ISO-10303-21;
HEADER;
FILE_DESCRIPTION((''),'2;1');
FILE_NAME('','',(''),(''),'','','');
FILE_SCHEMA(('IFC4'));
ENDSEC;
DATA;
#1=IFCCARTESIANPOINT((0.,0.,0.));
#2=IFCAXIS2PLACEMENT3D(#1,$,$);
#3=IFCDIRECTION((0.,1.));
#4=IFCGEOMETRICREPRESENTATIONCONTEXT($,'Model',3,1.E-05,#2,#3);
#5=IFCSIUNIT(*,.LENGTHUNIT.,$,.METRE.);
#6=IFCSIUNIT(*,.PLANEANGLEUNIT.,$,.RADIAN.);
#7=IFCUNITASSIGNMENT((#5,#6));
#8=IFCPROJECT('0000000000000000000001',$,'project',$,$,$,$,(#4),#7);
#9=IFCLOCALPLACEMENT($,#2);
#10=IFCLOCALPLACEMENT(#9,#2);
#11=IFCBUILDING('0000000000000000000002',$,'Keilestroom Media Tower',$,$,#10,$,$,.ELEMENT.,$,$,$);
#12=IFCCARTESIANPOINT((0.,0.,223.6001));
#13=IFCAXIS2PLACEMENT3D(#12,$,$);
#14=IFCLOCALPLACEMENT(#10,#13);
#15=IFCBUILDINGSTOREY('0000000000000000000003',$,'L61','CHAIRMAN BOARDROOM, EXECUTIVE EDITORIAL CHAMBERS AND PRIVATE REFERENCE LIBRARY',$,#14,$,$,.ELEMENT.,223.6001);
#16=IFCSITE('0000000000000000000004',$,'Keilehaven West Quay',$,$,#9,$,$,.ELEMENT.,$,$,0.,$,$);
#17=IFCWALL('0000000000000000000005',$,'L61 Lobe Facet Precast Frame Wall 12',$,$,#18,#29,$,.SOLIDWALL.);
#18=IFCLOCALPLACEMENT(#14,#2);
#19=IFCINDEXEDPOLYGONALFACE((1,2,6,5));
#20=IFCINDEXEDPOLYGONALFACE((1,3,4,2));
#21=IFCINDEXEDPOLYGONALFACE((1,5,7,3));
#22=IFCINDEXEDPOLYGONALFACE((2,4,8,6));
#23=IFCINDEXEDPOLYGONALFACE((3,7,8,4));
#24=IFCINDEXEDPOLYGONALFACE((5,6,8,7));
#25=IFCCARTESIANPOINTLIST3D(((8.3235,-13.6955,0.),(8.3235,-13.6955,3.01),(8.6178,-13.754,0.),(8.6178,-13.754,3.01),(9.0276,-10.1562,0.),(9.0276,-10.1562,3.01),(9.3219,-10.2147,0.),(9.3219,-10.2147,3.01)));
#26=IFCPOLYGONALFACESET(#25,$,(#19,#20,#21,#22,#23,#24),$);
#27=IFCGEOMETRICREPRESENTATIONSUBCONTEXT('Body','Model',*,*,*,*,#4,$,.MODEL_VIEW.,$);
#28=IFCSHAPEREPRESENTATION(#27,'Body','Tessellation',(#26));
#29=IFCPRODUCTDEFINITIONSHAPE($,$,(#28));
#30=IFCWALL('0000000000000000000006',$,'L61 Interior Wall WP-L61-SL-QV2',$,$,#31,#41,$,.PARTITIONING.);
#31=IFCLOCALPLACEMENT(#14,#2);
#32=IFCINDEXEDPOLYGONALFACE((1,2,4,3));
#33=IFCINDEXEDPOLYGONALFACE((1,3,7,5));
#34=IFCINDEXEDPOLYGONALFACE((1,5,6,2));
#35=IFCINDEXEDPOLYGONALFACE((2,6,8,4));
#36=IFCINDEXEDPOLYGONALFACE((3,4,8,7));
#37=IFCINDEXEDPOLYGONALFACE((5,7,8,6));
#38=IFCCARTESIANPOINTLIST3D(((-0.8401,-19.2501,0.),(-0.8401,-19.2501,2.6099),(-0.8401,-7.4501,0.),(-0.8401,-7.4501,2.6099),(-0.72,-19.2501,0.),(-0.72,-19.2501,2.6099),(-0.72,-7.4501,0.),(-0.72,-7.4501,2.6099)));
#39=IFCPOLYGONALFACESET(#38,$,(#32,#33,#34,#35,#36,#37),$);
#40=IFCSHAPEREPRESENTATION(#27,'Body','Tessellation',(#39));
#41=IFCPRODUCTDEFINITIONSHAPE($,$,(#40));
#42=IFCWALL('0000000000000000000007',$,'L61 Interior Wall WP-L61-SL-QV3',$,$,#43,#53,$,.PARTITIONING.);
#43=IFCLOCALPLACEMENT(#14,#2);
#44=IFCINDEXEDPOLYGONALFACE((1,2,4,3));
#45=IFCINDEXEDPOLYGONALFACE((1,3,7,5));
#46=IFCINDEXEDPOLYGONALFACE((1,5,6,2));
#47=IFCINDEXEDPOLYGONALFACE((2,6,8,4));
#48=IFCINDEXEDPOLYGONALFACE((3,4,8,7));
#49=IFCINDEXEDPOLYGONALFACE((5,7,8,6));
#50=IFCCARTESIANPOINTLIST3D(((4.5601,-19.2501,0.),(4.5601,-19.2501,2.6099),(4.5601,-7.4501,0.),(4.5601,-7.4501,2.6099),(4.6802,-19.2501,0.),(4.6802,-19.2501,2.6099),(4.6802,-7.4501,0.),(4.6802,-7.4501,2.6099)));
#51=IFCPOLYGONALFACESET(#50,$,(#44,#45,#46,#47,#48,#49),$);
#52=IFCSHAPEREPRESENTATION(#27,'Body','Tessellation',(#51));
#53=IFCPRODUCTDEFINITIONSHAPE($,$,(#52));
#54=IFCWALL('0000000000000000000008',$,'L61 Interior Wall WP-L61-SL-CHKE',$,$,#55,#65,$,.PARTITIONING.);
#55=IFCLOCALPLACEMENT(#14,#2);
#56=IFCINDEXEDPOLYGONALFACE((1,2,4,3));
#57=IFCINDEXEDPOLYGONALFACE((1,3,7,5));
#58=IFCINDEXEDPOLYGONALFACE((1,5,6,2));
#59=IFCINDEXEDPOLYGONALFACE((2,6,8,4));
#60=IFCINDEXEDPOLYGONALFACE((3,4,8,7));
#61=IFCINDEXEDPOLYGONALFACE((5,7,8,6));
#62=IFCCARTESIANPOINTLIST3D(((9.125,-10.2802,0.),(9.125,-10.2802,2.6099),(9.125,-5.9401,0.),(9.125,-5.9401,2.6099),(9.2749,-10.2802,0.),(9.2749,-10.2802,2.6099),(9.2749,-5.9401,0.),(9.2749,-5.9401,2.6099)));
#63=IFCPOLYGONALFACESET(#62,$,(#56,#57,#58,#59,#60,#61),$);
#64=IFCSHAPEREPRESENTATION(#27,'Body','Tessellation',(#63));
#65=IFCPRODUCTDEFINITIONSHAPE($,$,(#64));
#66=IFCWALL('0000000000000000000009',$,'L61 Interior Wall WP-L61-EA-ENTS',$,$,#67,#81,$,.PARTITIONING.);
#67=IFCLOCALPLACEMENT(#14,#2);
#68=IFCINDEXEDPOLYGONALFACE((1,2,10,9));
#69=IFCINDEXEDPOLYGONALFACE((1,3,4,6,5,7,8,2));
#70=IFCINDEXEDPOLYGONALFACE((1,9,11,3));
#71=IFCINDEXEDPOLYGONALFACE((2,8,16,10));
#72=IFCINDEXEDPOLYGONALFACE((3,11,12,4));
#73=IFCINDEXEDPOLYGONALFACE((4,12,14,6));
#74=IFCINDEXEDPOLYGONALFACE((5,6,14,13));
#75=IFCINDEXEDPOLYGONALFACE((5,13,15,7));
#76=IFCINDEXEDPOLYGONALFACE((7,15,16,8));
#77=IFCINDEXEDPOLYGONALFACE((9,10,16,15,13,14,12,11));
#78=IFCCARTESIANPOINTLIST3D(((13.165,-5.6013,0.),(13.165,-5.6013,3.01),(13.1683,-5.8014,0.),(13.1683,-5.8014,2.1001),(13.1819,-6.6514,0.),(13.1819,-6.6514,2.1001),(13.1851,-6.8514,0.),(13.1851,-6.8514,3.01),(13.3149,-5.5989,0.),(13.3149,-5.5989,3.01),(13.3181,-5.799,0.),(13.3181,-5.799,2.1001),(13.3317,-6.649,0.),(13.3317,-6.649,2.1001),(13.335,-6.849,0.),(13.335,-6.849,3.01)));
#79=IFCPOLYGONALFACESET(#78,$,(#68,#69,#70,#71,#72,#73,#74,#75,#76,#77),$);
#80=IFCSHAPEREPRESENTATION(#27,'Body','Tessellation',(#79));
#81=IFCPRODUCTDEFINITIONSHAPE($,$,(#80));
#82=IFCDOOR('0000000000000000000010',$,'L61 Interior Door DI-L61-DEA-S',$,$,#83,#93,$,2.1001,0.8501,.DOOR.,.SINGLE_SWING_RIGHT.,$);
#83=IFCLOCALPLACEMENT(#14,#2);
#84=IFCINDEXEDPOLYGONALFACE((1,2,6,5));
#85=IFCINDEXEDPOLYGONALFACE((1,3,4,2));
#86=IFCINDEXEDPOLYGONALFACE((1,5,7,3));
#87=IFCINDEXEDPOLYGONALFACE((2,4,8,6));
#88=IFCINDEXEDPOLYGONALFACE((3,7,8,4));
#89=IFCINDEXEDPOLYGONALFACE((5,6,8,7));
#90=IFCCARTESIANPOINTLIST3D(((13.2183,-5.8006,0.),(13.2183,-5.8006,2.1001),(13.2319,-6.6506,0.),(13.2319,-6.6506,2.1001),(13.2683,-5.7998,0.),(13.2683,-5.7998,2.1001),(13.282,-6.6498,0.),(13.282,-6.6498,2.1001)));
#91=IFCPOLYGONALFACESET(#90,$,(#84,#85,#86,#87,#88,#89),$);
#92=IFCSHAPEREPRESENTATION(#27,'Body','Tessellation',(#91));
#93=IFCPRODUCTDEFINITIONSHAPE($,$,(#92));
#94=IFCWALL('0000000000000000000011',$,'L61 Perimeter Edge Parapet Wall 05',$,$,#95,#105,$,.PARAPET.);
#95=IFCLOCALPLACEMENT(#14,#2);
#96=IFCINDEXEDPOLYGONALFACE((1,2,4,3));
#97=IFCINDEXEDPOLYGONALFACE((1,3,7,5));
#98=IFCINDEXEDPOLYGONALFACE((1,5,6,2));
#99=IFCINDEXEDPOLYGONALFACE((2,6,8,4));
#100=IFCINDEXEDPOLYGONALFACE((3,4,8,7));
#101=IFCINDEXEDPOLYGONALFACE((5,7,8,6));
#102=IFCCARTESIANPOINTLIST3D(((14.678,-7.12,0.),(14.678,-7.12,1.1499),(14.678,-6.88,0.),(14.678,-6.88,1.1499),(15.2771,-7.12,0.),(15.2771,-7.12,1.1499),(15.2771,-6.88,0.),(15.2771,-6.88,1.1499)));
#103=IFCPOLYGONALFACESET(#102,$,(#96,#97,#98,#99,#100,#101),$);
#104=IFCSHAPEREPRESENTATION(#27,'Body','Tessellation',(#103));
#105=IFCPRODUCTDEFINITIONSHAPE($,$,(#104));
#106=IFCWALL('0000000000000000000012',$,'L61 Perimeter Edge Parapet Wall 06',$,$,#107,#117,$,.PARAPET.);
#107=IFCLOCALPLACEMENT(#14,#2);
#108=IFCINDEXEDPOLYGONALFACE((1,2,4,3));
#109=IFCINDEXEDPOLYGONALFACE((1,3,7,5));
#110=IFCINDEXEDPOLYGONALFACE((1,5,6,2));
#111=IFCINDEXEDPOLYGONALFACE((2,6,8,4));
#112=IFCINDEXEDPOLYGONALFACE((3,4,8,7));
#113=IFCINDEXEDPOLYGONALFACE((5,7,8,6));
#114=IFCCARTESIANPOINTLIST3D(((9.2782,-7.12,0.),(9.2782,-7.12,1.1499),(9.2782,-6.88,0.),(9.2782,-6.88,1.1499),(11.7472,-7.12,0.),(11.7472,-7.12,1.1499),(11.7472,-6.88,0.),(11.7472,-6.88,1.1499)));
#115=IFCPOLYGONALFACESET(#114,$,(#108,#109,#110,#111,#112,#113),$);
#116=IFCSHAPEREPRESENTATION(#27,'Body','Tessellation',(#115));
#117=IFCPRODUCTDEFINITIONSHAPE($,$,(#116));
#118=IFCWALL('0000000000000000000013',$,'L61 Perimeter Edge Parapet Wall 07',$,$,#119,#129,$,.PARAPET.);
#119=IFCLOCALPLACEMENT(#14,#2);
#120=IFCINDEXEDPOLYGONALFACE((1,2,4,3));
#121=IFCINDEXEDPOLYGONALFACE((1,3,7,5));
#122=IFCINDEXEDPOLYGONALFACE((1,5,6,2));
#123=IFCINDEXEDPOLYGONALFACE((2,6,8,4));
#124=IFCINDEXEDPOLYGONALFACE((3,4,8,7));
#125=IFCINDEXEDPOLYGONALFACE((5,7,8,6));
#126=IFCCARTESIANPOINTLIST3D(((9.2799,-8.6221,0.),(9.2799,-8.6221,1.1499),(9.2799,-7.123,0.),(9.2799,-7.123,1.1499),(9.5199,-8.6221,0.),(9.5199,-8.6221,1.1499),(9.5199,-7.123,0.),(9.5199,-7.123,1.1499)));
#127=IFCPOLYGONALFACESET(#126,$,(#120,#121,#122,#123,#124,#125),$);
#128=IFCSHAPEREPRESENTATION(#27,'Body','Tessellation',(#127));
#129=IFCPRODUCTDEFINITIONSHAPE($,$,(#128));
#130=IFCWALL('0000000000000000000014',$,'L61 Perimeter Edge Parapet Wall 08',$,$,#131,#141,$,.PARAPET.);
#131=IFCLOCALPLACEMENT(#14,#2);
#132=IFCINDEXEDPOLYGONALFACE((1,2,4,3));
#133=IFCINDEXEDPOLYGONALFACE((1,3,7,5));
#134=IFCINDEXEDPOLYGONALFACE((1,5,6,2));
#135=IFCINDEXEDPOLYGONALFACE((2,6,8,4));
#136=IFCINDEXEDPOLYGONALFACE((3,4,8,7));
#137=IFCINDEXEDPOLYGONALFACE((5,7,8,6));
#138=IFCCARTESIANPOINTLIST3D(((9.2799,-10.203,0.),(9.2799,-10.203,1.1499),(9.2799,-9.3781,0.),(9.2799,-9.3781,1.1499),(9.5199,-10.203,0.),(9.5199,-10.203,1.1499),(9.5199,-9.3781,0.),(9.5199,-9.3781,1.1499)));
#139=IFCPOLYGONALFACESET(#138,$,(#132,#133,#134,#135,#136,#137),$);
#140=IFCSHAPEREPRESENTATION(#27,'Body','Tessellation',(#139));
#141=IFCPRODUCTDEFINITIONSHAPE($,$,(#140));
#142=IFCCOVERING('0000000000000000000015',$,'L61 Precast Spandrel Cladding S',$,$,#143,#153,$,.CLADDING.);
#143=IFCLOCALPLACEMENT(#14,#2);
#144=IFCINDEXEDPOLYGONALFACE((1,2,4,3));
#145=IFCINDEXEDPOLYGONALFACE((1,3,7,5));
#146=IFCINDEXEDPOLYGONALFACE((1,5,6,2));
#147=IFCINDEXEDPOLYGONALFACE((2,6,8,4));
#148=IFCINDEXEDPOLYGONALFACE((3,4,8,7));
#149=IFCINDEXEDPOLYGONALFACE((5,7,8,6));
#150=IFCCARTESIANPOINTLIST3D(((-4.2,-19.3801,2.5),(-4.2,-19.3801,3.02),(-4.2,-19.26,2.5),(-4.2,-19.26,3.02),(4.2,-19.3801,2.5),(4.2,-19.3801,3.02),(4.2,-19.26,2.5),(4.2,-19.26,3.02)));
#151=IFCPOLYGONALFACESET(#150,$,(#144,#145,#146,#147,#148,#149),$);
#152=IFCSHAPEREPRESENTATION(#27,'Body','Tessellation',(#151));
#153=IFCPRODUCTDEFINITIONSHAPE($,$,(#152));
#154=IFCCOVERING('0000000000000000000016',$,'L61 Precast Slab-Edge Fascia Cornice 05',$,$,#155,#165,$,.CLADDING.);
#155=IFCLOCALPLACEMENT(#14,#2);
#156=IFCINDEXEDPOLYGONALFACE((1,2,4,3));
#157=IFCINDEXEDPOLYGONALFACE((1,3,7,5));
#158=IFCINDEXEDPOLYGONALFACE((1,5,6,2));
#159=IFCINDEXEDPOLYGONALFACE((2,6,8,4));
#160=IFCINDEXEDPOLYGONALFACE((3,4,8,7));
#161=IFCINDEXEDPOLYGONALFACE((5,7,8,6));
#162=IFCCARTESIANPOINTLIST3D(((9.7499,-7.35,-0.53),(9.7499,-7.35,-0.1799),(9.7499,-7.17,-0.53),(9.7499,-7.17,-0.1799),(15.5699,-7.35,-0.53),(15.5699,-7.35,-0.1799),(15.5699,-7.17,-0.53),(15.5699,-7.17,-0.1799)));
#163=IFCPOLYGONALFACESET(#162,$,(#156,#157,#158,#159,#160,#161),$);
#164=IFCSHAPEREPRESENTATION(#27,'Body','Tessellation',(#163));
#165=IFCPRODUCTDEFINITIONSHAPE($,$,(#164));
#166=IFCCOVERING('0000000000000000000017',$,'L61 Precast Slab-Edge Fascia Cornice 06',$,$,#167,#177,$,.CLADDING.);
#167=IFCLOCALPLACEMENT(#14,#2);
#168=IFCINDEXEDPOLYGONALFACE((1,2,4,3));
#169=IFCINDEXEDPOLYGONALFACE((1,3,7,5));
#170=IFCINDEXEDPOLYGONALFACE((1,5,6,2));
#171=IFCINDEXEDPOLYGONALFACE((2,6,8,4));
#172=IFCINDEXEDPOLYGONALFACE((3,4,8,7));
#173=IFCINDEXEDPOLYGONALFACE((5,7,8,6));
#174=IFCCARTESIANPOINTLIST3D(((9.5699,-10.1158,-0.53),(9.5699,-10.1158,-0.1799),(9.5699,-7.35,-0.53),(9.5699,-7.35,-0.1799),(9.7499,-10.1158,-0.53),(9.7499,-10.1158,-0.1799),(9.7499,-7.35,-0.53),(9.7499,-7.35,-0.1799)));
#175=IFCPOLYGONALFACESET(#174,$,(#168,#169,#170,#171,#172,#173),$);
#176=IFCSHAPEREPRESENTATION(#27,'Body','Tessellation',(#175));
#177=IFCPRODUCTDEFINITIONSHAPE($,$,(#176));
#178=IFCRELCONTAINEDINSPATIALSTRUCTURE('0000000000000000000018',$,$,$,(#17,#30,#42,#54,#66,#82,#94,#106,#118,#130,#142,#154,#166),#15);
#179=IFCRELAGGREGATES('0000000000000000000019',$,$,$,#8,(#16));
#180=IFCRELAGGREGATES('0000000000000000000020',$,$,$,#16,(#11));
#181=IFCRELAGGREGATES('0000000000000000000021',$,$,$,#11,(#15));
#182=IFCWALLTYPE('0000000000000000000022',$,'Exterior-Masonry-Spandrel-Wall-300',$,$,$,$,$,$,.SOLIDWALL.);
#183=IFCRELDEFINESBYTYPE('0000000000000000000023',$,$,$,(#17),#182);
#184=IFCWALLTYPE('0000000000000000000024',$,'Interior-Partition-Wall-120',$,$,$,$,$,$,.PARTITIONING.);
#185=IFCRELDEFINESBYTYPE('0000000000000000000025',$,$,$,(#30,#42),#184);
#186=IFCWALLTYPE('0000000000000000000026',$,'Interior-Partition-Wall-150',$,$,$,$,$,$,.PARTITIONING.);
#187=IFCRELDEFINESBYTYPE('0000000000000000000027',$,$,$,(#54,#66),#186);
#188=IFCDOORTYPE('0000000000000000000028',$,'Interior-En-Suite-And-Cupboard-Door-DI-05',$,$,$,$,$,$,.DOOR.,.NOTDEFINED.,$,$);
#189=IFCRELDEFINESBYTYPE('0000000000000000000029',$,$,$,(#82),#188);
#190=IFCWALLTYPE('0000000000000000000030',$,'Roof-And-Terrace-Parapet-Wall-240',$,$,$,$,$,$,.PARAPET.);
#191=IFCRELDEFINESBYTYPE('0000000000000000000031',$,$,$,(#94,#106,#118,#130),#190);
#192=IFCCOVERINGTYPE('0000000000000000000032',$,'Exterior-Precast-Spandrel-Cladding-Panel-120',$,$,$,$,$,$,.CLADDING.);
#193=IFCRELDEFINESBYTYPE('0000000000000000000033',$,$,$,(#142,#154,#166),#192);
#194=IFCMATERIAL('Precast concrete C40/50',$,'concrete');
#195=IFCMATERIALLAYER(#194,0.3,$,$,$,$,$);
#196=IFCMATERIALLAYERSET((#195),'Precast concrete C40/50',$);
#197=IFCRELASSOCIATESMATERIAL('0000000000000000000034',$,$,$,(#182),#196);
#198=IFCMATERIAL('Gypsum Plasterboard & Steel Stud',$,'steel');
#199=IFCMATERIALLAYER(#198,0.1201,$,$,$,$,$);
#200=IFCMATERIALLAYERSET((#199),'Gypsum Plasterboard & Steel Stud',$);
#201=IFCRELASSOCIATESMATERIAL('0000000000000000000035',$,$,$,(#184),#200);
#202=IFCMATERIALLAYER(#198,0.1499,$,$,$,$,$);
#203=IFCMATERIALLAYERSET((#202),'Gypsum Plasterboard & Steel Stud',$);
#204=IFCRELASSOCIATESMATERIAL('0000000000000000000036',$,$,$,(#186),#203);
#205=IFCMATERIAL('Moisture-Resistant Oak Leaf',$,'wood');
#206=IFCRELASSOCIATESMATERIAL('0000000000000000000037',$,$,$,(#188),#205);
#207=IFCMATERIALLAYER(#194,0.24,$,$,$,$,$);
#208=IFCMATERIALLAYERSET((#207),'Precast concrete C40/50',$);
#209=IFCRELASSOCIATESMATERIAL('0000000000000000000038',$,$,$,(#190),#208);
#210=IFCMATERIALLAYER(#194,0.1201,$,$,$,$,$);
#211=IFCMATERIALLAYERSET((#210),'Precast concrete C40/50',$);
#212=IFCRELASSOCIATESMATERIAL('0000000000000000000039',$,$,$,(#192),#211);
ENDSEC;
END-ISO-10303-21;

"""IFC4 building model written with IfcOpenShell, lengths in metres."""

from ifc_helpers import new_model, si_unit, direction, frame, frame_2d, origin, origin_2d, place, context, subcontext, project, spatial, rectangle, extrude, source, transform, mapped, material, layer, layer_set, type_object, element, fill, save


model = new_model("IFC4")

# Units and contexts
model_context = context("Model", 3, precision=1e-05, world=origin(), true_north=direction((0.0, 1.0)))
body_context = subcontext(model_context, "Body", "Model", "MODEL_VIEW")
ifc_project = project(units=[si_unit("LENGTHUNIT", "METRE"), si_unit("PLANEANGLEUNIT", "RADIAN")], contexts=[model_context])

# Site, building, storey
site_placement = place(None, origin())
site = spatial("IfcSite", under=ifc_project, at=site_placement, Name="Keilehaven West Quay", CompositionType="ELEMENT", RefElevation=0.0)
building_placement = place(site_placement, origin())
building = spatial("IfcBuilding", under=site, at=building_placement, Name="Keilestroom Media Tower", CompositionType="ELEMENT")
storey_placement = place(building_placement, frame((0.0, 0.0, 223.6001)))
storey = spatial("IfcBuildingStorey", under=building, at=storey_placement, Name="L61", Description="CHAIRMAN BOARDROOM, EXECUTIVE EDITORIAL CHAMBERS AND PRIVATE REFERENCE LIBRARY", CompositionType="ELEMENT", Elevation=223.6001)

# Shared definitions
ifc_material_1 = material(Name="Precast concrete C40/50", Category="concrete")

# Walls
ifc_layer_1 = layer(ifc_material_1, 0.3)
ifc_layer_set_1 = layer_set([ifc_layer_1], Name="Precast concrete C40/50")
wall_type_1 = type_object("IfcWallType", Name="Exterior-Masonry-Spandrel-Wall-300", PredefinedType="SOLIDWALL", material=ifc_layer_set_1)
wall_1_placement = place(storey_placement, frame((8.4707, -13.7246, 0.0), z_axis=(0.0, 0.0, 1.0), x_axis=(0.195114, 0.980781, 0.0)))
element("IfcWall", 1, at=wall_1_placement, inside=storey, type_object=wall_type_1, Name="L61 Lobe Facet Precast Frame Wall 12", PredefinedType="SOLIDWALL", context=body_context, shape_type="SweptSolid", body=[
    extrude(rectangle(XDim=3.6086, YDim=0.3, at=frame_2d((1.8042, 0.0))), origin(), (0.0, 0.0, 1.0), 3.01),
])
ifc_material_2 = material(Name="Gypsum Plasterboard & Steel Stud", Category="steel")
ifc_layer_2 = layer(ifc_material_2, 0.1201)
ifc_layer_set_2 = layer_set([ifc_layer_2], Name="Gypsum Plasterboard & Steel Stud")
wall_type_2 = type_object("IfcWallType", Name="Interior-Partition-Wall-120", PredefinedType="PARTITIONING", material=ifc_layer_set_2)
for number, where, z_axis, x_axis, name in (
    (2, (-0.78, -19.25, 0.0), (0.0, 0.0, 1.0), (0.0, 1.0, 0.0), "L61 Interior Wall WP-L61-SL-QV2"),
    (3, (4.6201, -19.25, 0.0), (0.0, 0.0, 1.0), (0.0, 1.0, 0.0), "L61 Interior Wall WP-L61-SL-QV3"),
):
    element("IfcWall", number, at=place(storey_placement, frame(where, z_axis=z_axis, x_axis=x_axis)), inside=storey, type_object=wall_type_2, Name=name, PredefinedType="PARTITIONING", context=body_context, shape_type="SweptSolid", body=[
        extrude(rectangle(XDim=11.8, YDim=0.1201, at=frame_2d((5.8999, 0.0))), origin(), (0.0, 0.0, 1.0), 2.6099),
    ])
ifc_layer_3 = layer(ifc_material_2, 0.1499)
ifc_layer_set_3 = layer_set([ifc_layer_3], Name="Gypsum Plasterboard & Steel Stud")
wall_type_3 = type_object("IfcWallType", Name="Interior-Partition-Wall-150", PredefinedType="PARTITIONING", material=ifc_layer_set_3)
wall_2_placement = place(storey_placement, frame((9.2, -10.28, 0.0), z_axis=(0.0, 0.0, 1.0), x_axis=(0.0, 1.0, 0.0)))
element("IfcWall", 4, at=wall_2_placement, inside=storey, type_object=wall_type_3, Name="L61 Interior Wall WP-L61-SL-CHKE", PredefinedType="PARTITIONING", context=body_context, shape_type="SweptSolid", body=[
    extrude(rectangle(XDim=4.3401, YDim=0.1499, at=frame_2d((2.1699, 0.0))), origin(), (0.0, 0.0, 1.0), 2.6099),
])

# Wall, opening, door
wall_3_placement = place(storey_placement, frame((13.26, -6.8501, 0.0), z_axis=(0.0, 0.0, 1.0), x_axis=(-0.016014, 0.999872, 0.0)))
wall_3 = element("IfcWall", 5, at=wall_3_placement, inside=storey, type_object=wall_type_3, Name="L61 Interior Wall WP-L61-EA-ENTS", PredefinedType="PARTITIONING", context=body_context, shape_type="SweptSolid", body=[
    extrude(rectangle(XDim=1.2502, YDim=0.1499, at=frame_2d((0.625, 0.0))), origin(), (0.0, 0.0, 1.0), 3.01),
])
opening_placement = place(wall_3_placement, frame((0.2, 0.0, 0.0)))
opening = element("IfcOpeningElement", 6, at=opening_placement, cuts=wall_3, PredefinedType="OPENING", context=body_context, shape_type="SweptSolid", body=[
    extrude(rectangle(XDim=0.8501, YDim=2.1001, at=frame_2d((0.425, 1.05))), frame((0.0, 0.085, 0.0), z_axis=(0.0, -1.0, 0.0), x_axis=(1.0, 0.0, 0.0)), (0.0, 0.0, 1.0), 0.1699),
])
ifc_material_3 = material(Name="Moisture-Resistant Oak Leaf", Category="wood")
door_type = type_object("IfcDoorType", Name="Interior-En-Suite-And-Cupboard-Door-DI-05", OperationType="NOTDEFINED", PredefinedType="DOOR", material=ifc_material_3)
shared_shape_1 = source(origin(), body_context, "Body", "SweptSolid", [
    extrude(rectangle(XDim=0.8501, YDim=2.1001, at=frame_2d((0.425, 1.05))), frame((0.0, 0.0249, 0.0), z_axis=(0.0, -1.0, 0.0), x_axis=(1.0, 0.0, 0.0)), (0.0, 0.0, 1.0), 0.05),
])
door_placement = place(opening_placement, origin())
door = element("IfcDoor", 7, at=door_placement, inside=storey, type_object=door_type, Name="L61 Interior Door DI-L61-DEA-S", OperationType="SINGLE_SWING_RIGHT", OverallHeight=2.1001, OverallWidth=0.8501, PredefinedType="DOOR", context=body_context, shape_type="MappedRepresentation", body=[
    mapped(shared_shape_1, transform((0.0, 0.0, 0.0), x_axis=(1.0, 0.0, 0.0), y_axis=(0.0, 1.0, 0.0), z_axis=(0.0, 0.0, 1.0), scale=1.0)),
])
fill(opening, door)

# Walls
ifc_layer_4 = layer(ifc_material_1, 0.24)
ifc_layer_set_4 = layer_set([ifc_layer_4], Name="Precast concrete C40/50")
wall_type_4 = type_object("IfcWallType", Name="Roof-And-Terrace-Parapet-Wall-240", PredefinedType="PARAPET", material=ifc_layer_set_4)
wall_4_placement = place(storey_placement, frame((15.2771, -7.0, 0.0), z_axis=(0.0, 0.0, 1.0), x_axis=(-1.0, 0.0, 0.0)))
element("IfcWall", 8, at=wall_4_placement, inside=storey, type_object=wall_type_4, Name="L61 Perimeter Edge Parapet Wall 05", PredefinedType="PARAPET", context=body_context, shape_type="SweptSolid", body=[
    extrude(rectangle(XDim=0.5991, YDim=0.24, at=frame_2d((0.2996, 0.0))), origin(), (0.0, 0.0, 1.0), 1.1499),
])
wall_5_placement = place(storey_placement, frame((11.7471, -7.0, 0.0), z_axis=(0.0, 0.0, 1.0), x_axis=(-1.0, 0.0, 0.0)))
element("IfcWall", 9, at=wall_5_placement, inside=storey, type_object=wall_type_4, Name="L61 Perimeter Edge Parapet Wall 06", PredefinedType="PARAPET", context=body_context, shape_type="SweptSolid", body=[
    extrude(rectangle(XDim=2.469, YDim=0.24, at=frame_2d((1.2344, 0.0))), origin(), (0.0, 0.0, 1.0), 1.1499),
])
wall_6_placement = place(storey_placement, frame((9.3999, -7.123, 0.0), z_axis=(0.0, 0.0, 1.0), x_axis=(0.0, -1.0, 0.0)))
element("IfcWall", 10, at=wall_6_placement, inside=storey, type_object=wall_type_4, Name="L61 Perimeter Edge Parapet Wall 07", PredefinedType="PARAPET", context=body_context, shape_type="SweptSolid", body=[
    extrude(rectangle(XDim=1.499, YDim=0.24, at=frame_2d((0.7495, 0.0))), origin(), (0.0, 0.0, 1.0), 1.1499),
])
wall_7_placement = place(storey_placement, frame((9.3999, -9.3779, 0.0), z_axis=(0.0, 0.0, 1.0), x_axis=(0.0, -1.0, 0.0)))
element("IfcWall", 11, at=wall_7_placement, inside=storey, type_object=wall_type_4, Name="L61 Perimeter Edge Parapet Wall 08", PredefinedType="PARAPET", context=body_context, shape_type="SweptSolid", body=[
    extrude(rectangle(XDim=0.825, YDim=0.24, at=frame_2d((0.4126, 0.0))), origin(), (0.0, 0.0, 1.0), 1.1499),
])

# Coverings
ifc_layer_5 = layer(ifc_material_1, 0.1201)
ifc_layer_set_5 = layer_set([ifc_layer_5], Name="Precast concrete C40/50")
covering_type = type_object("IfcCoveringType", Name="Exterior-Precast-Spandrel-Cladding-Panel-120", PredefinedType="CLADDING", material=ifc_layer_set_5)
shared_shape_2 = source(origin(), body_context, "Body", "SweptSolid", [
    extrude(rectangle(XDim=8.3999, YDim=0.1201, at=origin_2d()), origin(), (0.0, 0.0, 1.0), 0.52),
])
covering_1_placement = place(storey_placement, frame((0.0, -19.3201, 2.5), z_axis=(0.0, 0.0, 1.0), x_axis=(1.0, 0.0, 0.0)))
element("IfcCovering", 12, at=covering_1_placement, inside=storey, type_object=covering_type, Name="L61 Precast Spandrel Cladding S", PredefinedType="CLADDING", context=body_context, shape_type="MappedRepresentation", body=[
    mapped(shared_shape_2, transform((0.0, 0.0, 0.0), x_axis=(1.0, 0.0, 0.0), y_axis=(0.0, 1.0, 0.0), z_axis=(0.0, 0.0, 1.0), scale=1.0)),
])
shared_shape_3 = source(origin(), body_context, "Body", "SweptSolid", [
    extrude(rectangle(XDim=5.8201, YDim=0.1799, at=origin_2d()), origin(), (0.0, 0.0, 1.0), 0.3501),
])
covering_2_placement = place(storey_placement, frame((12.6599, -7.26, -0.53), z_axis=(0.0, 0.0, 1.0), x_axis=(-1.0, 0.0, 0.0)))
element("IfcCovering", 13, at=covering_2_placement, inside=storey, type_object=covering_type, Name="L61 Precast Slab-Edge Fascia Cornice 05", PredefinedType="CLADDING", context=body_context, shape_type="MappedRepresentation", body=[
    mapped(shared_shape_3, transform((0.0, 0.0, 0.0), x_axis=(1.0, 0.0, 0.0), y_axis=(0.0, 1.0, 0.0), z_axis=(0.0, 0.0, 1.0), scale=1.0)),
])
shared_shape_4 = source(origin(), body_context, "Body", "SweptSolid", [
    extrude(rectangle(XDim=2.7659, YDim=0.1799, at=origin_2d()), origin(), (0.0, 0.0, 1.0), 0.3501),
])
covering_3_placement = place(storey_placement, frame((9.6599, -8.7329, -0.53), z_axis=(0.0, 0.0, 1.0), x_axis=(0.0, -1.0, 0.0)))
element("IfcCovering", 14, at=covering_3_placement, inside=storey, type_object=covering_type, Name="L61 Precast Slab-Edge Fascia Cornice 06", PredefinedType="CLADDING", context=body_context, shape_type="MappedRepresentation", body=[
    mapped(shared_shape_4, transform((0.0, 0.0, 0.0), x_axis=(1.0, 0.0, 0.0), y_axis=(0.0, 1.0, 0.0), z_axis=(0.0, 0.0, 1.0), scale=1.0)),
])

save(model, "model.ifc")
